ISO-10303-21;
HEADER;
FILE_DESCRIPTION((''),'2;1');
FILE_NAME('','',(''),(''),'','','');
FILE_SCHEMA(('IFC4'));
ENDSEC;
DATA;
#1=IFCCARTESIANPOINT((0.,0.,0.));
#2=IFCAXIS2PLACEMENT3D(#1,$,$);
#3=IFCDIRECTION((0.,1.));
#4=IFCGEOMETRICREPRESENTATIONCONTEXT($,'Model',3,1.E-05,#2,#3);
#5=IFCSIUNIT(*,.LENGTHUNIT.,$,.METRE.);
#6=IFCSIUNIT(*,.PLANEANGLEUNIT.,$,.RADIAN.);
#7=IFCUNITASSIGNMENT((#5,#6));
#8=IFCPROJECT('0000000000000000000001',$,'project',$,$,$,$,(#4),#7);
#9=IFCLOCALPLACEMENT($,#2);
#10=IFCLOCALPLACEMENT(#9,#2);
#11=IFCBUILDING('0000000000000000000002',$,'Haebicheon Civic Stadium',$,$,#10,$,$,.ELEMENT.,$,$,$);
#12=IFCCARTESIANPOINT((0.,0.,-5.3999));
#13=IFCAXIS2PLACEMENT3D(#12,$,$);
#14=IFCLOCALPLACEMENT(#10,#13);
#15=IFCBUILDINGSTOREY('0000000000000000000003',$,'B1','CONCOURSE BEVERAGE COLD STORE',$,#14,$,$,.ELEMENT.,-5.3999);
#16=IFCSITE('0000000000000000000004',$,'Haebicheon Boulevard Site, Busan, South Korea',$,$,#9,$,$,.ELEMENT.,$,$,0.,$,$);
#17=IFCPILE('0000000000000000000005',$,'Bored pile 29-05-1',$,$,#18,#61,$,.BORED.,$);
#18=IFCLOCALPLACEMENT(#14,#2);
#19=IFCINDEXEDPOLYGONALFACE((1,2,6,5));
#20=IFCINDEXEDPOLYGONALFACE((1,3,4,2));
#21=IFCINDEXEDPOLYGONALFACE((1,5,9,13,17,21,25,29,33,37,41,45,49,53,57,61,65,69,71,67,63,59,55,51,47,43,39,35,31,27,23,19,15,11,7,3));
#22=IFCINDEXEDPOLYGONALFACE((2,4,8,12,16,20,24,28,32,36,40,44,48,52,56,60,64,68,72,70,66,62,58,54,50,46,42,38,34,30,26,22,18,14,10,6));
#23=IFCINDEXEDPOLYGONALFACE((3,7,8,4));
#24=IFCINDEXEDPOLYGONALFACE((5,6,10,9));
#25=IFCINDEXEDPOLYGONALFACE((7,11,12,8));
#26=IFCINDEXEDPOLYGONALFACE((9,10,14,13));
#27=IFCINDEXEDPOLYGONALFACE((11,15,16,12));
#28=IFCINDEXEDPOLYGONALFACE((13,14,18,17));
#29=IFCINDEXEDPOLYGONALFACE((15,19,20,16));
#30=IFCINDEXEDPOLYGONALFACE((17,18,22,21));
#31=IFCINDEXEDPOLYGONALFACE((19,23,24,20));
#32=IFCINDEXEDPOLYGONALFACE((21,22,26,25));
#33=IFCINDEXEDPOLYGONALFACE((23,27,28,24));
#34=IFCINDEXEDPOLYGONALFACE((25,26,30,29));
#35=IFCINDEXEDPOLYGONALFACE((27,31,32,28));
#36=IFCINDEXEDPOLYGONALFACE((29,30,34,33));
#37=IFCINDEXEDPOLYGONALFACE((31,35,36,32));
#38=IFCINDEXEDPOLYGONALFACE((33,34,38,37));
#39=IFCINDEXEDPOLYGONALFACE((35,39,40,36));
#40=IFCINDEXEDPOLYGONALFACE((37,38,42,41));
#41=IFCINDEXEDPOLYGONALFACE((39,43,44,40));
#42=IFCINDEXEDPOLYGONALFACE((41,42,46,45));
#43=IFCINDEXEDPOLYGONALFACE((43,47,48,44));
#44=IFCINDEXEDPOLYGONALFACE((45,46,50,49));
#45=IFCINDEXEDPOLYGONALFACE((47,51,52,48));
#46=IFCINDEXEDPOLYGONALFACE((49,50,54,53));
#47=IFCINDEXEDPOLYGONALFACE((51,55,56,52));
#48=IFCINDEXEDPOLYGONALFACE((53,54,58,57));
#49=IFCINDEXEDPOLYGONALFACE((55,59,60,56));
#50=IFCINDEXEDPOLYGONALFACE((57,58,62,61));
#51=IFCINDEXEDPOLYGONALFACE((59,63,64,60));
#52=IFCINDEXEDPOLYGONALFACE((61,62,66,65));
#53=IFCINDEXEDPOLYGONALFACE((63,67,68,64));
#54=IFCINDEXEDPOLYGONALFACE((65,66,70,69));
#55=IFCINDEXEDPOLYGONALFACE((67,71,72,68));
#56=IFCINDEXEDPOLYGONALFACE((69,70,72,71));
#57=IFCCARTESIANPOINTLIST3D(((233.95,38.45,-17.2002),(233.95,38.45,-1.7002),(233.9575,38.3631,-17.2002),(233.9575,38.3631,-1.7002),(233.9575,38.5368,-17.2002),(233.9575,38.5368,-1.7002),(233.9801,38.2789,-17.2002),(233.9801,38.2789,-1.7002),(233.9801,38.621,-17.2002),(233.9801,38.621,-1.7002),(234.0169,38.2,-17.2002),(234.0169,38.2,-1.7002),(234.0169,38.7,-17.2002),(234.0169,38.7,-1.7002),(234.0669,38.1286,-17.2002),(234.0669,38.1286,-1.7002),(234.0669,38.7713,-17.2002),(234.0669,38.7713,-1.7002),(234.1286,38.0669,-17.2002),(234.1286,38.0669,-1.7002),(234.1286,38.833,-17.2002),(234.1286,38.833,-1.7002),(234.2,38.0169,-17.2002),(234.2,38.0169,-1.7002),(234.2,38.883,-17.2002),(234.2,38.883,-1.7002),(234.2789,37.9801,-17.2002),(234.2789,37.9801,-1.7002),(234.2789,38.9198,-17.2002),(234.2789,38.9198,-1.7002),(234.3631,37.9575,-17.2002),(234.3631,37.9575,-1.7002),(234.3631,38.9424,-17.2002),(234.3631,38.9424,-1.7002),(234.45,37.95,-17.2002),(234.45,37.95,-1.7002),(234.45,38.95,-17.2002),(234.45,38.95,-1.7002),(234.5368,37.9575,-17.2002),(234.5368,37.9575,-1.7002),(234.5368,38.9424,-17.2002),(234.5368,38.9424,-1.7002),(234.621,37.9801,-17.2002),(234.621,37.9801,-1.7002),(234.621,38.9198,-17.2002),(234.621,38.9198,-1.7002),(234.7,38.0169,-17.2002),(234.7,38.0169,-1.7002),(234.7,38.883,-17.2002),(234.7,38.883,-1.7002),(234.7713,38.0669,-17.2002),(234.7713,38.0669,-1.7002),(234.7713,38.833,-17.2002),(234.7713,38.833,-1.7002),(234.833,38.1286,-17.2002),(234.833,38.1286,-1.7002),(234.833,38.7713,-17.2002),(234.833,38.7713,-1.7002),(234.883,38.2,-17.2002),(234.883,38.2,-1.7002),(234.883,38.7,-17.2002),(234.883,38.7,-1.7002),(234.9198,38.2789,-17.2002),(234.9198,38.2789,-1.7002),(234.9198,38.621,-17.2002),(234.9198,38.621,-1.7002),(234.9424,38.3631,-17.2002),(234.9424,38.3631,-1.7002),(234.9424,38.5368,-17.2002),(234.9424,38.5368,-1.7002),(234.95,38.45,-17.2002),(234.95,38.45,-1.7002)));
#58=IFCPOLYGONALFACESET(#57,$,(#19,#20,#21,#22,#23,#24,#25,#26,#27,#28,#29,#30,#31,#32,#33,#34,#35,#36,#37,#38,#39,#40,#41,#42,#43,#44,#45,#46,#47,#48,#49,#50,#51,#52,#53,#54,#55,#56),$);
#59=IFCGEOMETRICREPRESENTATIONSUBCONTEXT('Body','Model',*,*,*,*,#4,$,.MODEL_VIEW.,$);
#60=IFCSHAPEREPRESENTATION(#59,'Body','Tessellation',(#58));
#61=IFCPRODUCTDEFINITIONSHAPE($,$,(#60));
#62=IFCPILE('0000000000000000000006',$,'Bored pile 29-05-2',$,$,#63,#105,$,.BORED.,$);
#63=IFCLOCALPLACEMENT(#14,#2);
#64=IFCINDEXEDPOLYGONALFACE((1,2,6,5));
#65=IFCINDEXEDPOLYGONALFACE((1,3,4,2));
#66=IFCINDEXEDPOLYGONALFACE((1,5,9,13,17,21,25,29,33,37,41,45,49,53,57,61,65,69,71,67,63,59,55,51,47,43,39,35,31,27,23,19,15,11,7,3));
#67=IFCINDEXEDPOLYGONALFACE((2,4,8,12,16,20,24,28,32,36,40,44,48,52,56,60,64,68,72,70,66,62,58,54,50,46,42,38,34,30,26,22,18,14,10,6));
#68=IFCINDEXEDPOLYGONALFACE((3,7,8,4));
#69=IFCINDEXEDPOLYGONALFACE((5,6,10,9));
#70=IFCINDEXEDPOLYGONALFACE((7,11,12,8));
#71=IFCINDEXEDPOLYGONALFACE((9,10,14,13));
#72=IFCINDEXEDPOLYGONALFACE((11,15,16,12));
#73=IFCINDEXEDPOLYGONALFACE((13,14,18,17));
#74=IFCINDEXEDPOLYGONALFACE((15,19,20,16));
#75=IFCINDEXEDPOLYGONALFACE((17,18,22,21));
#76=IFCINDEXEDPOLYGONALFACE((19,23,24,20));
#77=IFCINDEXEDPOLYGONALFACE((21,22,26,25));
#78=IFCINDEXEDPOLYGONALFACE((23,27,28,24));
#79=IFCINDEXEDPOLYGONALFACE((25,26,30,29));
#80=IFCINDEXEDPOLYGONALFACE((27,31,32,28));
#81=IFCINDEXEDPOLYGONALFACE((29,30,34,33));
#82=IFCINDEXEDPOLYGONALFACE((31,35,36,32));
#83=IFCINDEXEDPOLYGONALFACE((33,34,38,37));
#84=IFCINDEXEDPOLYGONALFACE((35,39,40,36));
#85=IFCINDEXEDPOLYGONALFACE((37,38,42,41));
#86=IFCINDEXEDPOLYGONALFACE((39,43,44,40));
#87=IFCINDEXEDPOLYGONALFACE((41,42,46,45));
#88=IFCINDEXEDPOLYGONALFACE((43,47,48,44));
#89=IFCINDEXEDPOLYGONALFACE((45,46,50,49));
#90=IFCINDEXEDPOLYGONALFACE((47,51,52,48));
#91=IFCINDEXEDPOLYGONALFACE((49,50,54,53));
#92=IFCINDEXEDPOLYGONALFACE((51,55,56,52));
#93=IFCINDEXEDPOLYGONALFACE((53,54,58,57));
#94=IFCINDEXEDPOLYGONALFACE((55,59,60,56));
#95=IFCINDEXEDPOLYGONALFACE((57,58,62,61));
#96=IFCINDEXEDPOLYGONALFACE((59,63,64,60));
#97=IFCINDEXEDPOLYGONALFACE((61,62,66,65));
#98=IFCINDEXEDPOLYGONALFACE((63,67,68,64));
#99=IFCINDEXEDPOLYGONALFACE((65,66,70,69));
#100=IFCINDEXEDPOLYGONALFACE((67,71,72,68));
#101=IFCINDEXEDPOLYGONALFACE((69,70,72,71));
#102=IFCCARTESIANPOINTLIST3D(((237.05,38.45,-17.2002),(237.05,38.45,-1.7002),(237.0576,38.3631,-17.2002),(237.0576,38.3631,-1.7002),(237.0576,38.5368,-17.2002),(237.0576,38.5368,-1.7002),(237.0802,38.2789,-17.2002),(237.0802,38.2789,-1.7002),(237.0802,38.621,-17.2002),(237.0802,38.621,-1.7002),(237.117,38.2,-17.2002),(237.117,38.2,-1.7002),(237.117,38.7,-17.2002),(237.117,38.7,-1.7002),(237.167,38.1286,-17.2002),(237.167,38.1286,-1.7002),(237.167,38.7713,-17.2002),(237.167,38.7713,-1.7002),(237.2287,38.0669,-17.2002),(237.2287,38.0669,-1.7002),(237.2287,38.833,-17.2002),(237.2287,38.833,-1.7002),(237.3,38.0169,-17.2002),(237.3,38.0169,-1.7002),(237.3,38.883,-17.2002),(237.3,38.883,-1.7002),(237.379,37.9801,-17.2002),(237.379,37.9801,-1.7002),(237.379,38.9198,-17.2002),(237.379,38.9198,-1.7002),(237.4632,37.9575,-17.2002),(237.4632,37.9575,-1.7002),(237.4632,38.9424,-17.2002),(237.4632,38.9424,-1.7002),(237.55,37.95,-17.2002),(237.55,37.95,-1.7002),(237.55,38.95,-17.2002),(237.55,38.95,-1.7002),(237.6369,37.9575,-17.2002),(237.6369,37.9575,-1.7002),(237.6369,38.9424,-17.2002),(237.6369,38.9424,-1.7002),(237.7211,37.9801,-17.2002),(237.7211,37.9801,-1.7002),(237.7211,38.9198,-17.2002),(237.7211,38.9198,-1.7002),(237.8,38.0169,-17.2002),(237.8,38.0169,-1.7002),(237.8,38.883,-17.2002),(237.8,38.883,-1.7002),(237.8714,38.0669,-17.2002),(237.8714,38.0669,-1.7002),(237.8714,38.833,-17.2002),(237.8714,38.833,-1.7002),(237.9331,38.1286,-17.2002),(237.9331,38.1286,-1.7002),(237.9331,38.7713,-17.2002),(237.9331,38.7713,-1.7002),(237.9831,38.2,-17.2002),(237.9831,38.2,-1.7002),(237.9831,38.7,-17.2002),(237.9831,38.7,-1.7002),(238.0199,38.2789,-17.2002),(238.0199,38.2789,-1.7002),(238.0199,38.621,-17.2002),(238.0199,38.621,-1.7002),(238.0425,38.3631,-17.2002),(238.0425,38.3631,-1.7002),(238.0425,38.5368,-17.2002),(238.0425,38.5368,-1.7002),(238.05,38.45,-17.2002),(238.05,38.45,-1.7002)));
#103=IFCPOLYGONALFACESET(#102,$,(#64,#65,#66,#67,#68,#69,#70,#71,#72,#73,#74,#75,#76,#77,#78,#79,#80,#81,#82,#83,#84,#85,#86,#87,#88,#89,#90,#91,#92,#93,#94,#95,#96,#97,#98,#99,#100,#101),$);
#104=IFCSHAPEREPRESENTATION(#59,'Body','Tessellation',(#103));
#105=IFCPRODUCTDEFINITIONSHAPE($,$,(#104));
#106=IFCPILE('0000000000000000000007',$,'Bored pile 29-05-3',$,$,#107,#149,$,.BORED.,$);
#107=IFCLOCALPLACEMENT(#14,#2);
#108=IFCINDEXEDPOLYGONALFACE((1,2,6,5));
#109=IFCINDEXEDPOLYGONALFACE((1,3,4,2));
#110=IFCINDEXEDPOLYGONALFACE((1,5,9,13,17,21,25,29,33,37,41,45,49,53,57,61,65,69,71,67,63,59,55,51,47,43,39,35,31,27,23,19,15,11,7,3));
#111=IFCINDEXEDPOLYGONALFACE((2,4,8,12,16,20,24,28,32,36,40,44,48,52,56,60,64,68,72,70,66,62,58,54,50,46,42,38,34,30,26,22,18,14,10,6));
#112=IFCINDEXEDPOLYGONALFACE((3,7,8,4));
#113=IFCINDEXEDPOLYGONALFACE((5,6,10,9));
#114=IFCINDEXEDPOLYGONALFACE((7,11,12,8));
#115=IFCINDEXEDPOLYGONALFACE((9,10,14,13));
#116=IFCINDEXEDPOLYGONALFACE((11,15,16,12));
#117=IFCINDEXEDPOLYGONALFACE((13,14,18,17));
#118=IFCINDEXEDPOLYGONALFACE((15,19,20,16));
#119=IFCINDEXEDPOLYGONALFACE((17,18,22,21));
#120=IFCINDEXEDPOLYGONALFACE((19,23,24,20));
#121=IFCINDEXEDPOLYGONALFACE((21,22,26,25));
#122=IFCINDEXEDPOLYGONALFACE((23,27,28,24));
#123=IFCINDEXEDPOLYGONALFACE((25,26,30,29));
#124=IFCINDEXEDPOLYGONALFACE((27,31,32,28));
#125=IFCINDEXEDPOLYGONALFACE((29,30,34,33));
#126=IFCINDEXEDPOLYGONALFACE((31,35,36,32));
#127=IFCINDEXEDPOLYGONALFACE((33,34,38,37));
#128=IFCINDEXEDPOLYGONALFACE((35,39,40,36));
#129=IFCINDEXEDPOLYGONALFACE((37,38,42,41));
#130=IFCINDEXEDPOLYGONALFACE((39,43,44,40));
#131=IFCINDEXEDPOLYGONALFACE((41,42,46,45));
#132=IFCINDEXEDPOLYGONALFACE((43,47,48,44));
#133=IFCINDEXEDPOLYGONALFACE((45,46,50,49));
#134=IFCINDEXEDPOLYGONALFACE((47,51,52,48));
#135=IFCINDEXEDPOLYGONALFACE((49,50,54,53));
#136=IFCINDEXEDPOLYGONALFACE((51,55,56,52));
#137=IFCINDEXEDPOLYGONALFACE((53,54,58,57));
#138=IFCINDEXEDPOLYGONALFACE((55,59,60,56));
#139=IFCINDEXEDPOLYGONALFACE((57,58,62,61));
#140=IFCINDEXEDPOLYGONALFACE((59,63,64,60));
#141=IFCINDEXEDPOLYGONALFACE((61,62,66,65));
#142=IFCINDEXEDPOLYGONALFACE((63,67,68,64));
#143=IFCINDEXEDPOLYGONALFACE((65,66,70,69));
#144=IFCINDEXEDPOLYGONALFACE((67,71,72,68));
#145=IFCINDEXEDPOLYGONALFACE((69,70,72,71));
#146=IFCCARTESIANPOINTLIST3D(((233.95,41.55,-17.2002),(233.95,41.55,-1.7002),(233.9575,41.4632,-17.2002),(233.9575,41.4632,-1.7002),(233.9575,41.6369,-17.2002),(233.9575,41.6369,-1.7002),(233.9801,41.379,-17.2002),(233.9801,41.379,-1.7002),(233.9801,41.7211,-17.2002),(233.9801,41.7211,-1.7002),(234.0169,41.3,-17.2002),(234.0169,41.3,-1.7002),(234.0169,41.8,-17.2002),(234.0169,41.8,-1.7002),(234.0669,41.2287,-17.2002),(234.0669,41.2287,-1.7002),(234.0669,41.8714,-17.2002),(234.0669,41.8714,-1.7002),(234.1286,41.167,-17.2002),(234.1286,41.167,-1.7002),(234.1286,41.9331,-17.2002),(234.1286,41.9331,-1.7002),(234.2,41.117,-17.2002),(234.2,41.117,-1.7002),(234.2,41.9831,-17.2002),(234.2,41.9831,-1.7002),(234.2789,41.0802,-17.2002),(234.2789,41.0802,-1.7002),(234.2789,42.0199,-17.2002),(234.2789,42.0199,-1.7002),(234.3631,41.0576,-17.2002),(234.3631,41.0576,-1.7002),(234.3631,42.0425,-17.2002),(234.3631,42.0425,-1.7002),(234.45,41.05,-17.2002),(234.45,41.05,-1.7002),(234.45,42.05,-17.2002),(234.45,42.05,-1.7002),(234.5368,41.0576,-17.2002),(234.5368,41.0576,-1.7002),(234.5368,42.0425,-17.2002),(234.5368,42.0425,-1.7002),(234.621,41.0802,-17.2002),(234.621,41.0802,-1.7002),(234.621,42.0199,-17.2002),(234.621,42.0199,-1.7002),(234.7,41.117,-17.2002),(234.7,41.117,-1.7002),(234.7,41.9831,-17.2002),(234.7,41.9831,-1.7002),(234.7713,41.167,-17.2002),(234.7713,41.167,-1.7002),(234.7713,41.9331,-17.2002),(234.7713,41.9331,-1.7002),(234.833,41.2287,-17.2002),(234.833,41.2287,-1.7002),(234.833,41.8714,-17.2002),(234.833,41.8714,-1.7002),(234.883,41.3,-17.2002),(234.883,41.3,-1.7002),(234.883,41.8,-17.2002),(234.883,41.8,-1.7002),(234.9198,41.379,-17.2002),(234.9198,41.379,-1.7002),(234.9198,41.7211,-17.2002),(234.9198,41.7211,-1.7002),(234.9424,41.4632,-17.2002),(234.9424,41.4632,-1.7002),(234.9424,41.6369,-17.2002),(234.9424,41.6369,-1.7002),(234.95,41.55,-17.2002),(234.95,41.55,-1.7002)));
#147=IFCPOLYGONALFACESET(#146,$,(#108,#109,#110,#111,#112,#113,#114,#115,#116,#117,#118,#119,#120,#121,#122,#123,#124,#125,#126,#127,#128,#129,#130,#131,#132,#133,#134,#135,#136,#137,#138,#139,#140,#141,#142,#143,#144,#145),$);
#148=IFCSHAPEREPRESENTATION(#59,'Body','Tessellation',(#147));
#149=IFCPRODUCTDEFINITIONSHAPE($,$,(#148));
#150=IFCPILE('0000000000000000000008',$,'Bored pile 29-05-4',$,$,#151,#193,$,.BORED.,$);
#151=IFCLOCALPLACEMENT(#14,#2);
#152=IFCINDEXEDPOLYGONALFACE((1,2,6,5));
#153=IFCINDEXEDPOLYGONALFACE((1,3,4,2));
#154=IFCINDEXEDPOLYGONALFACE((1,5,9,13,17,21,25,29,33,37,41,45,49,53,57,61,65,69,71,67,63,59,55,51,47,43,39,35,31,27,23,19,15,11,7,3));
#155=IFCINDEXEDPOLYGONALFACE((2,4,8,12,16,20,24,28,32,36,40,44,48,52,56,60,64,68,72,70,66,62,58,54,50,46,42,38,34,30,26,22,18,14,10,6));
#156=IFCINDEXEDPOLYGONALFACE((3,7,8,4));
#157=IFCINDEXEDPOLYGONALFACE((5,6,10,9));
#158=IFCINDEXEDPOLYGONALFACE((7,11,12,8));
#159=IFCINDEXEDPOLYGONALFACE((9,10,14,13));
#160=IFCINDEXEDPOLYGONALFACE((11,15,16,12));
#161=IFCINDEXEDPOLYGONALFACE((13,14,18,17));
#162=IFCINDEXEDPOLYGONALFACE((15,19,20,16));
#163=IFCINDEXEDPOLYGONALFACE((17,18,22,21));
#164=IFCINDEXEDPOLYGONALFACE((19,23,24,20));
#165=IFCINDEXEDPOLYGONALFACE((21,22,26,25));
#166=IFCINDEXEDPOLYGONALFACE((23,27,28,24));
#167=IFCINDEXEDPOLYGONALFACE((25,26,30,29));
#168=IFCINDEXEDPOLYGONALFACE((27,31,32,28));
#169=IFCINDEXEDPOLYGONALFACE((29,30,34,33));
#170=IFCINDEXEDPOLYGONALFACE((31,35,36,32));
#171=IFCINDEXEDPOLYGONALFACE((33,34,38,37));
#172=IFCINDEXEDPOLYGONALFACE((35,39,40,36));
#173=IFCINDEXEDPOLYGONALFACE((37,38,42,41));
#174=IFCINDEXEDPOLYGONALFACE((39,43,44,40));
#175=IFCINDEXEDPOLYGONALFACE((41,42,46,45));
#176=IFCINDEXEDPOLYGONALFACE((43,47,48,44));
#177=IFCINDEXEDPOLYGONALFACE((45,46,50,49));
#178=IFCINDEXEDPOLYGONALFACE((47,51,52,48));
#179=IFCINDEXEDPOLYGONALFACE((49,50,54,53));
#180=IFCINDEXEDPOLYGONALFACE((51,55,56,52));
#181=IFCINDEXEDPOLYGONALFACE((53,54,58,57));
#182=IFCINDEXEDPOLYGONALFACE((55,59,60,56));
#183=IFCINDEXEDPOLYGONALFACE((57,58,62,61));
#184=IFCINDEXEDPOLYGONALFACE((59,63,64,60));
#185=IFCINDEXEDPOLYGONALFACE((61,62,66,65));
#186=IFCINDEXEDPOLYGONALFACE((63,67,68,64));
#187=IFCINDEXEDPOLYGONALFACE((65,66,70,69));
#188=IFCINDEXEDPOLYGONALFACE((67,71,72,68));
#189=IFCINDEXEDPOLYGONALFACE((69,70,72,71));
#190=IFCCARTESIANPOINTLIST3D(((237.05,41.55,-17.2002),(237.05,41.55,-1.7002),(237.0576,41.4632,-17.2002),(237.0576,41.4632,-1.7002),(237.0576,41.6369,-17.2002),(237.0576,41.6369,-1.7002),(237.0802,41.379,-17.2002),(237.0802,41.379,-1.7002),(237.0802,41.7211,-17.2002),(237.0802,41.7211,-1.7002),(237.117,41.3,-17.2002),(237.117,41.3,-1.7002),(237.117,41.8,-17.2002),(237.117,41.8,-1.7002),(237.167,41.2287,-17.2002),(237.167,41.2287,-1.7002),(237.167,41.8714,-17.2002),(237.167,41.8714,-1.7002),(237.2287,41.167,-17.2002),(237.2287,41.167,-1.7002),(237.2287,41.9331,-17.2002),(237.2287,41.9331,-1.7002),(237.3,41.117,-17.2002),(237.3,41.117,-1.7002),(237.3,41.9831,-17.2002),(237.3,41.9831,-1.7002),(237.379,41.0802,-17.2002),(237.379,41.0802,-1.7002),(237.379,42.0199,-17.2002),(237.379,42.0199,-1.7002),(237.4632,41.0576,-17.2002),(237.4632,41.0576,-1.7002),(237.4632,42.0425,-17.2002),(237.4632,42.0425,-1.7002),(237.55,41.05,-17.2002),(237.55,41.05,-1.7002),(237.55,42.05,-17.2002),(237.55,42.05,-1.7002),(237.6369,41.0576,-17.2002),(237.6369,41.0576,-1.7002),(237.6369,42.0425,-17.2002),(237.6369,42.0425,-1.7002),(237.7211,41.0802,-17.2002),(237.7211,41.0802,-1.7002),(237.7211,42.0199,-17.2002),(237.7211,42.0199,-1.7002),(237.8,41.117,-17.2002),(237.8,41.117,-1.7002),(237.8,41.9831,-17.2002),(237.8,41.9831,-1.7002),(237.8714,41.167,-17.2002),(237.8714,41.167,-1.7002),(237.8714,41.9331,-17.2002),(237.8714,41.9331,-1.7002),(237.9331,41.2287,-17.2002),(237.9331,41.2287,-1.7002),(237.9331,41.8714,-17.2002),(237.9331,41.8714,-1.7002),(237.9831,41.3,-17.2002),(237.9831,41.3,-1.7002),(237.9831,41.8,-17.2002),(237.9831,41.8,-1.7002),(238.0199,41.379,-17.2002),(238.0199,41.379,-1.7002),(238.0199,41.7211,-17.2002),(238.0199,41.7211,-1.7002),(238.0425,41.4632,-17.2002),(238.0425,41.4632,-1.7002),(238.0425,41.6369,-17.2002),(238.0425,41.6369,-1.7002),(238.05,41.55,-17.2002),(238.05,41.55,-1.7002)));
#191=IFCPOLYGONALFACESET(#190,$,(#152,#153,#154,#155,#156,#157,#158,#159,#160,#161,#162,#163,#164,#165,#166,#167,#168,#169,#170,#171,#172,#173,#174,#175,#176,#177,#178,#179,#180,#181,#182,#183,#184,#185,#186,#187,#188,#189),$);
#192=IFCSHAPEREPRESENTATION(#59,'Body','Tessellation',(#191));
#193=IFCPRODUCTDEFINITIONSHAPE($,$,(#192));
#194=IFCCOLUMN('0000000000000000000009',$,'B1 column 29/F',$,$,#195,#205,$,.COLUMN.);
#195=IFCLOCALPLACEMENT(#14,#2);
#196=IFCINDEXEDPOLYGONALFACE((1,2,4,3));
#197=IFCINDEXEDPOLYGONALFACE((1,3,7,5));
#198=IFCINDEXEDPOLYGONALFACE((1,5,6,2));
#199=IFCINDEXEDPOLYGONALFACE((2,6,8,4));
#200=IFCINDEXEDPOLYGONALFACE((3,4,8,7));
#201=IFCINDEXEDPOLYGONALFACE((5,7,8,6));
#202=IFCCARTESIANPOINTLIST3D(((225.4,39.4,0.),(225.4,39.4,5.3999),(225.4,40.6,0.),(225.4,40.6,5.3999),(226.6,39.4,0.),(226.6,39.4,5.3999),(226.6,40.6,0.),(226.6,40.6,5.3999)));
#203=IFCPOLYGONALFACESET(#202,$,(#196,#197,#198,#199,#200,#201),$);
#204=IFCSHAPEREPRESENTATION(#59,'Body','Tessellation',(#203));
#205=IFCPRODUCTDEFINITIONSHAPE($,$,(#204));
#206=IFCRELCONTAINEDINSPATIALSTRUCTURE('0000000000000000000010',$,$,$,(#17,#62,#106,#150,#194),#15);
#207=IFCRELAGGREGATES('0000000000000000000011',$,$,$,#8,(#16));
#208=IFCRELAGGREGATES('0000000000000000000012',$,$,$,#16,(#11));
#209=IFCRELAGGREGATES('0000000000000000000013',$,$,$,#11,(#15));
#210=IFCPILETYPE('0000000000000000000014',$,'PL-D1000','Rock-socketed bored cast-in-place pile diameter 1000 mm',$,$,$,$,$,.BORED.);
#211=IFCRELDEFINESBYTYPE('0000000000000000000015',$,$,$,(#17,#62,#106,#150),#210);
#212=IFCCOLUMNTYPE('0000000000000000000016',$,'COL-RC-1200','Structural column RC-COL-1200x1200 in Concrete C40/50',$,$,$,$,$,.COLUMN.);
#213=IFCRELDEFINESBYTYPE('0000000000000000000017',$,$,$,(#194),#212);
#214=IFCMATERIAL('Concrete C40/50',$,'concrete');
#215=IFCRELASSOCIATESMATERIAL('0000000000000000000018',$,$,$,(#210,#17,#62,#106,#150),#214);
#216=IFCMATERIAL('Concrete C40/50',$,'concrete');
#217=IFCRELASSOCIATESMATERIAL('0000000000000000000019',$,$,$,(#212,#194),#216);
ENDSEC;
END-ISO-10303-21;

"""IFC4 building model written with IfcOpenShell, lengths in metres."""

from ifc_helpers import new_model, si_unit, direction, frame, origin, origin_2d, place, context, subcontext, project, spatial, rectangle, circle, extrude, material, material_profile, profile_set, type_object, element, save


model = new_model("IFC4")

# Units and contexts
model_context = context("Model", 3, precision=1e-05, world=origin(), true_north=direction((0.0, 1.0)))
body_context = subcontext(model_context, "Body", "Model", "MODEL_VIEW")
ifc_project = project(units=[si_unit("LENGTHUNIT", "METRE"), si_unit("PLANEANGLEUNIT", "RADIAN")], contexts=[model_context])

# Site, building, storey
site_placement = place(None, origin())
site = spatial("IfcSite", under=ifc_project, at=site_placement, Name="Haebicheon Boulevard Site, Busan, South Korea", CompositionType="ELEMENT", RefElevation=0.0)
building_placement = place(site_placement, origin())
building = spatial("IfcBuilding", under=site, at=building_placement, Name="Haebicheon Civic Stadium", CompositionType="ELEMENT")
storey_placement = place(building_placement, frame((0.0, 0.0, -5.3999)))
storey = spatial("IfcBuildingStorey", under=building, at=storey_placement, Name="B1", Description="CONCOURSE BEVERAGE COLD STORE", CompositionType="ELEMENT", Elevation=-5.3999)

# Piles
ifc_material_1 = material(Name="Concrete C40/50", Category="concrete")
ifc_material_profile_1 = material_profile(ifc_material_1, circle(Radius=0.5, at=origin_2d()), Name="PILE-D1000")
ifc_profile_set_1 = profile_set([ifc_material_profile_1], Name="Concrete C40/50")
pile_type = type_object("IfcPileType", Name="PL-D1000", Description="Rock-socketed bored cast-in-place pile diameter 1000 mm", PredefinedType="BORED", material=ifc_profile_set_1)
for number, where, z_axis, x_axis, name in (
    (1, (234.45, 38.45, -1.7002), (0.0, 0.0, -1.0), (1.0, 0.0, 0.0), "Bored pile 29-05-1"),
    (2, (237.55, 38.45, -1.7002), (0.0, 0.0, -1.0), (1.0, 0.0, 0.0), "Bored pile 29-05-2"),
    (3, (234.45, 41.55, -1.7002), (0.0, 0.0, -1.0), (1.0, 0.0, 0.0), "Bored pile 29-05-3"),
    (4, (237.55, 41.55, -1.7002), (0.0, 0.0, -1.0), (1.0, 0.0, 0.0), "Bored pile 29-05-4"),
):
    element("IfcPile", number, at=place(storey_placement, frame(where, z_axis=z_axis, x_axis=x_axis)), inside=storey, type_object=pile_type, material=ifc_profile_set_1, Name=name, PredefinedType="BORED", context=body_context, shape_type="SweptSolid", body=[
        extrude(circle(Radius=0.5, at=origin_2d()), origin(), (0.0, 0.0, 1.0), 15.5),
    ])

# Column
ifc_material_2 = material(Name="Concrete C40/50", Category="concrete")
ifc_material_profile_2 = material_profile(ifc_material_2, rectangle(XDim=1.2, YDim=1.2, at=origin_2d()), Name="RC-COL-1200x1200")
ifc_profile_set_2 = profile_set([ifc_material_profile_2], Name="Concrete C40/50")
column_type = type_object("IfcColumnType", Name="COL-RC-1200", Description="Structural column RC-COL-1200x1200 in Concrete C40/50", PredefinedType="COLUMN", material=ifc_profile_set_2)
for number, where, z_axis, x_axis, name in (
    (5, (226.0, 40.0, 0.0), (0.0, 0.0, 1.0), (1.0, 0.0, 0.0), "B1 column 29/F"),
):
    element("IfcColumn", number, at=place(storey_placement, frame(where, z_axis=z_axis, x_axis=x_axis)), inside=storey, type_object=column_type, material=ifc_profile_set_2, Name=name, PredefinedType="COLUMN", context=body_context, shape_type="SweptSolid", body=[
        extrude(rectangle(XDim=1.2, YDim=1.2, at=origin_2d()), origin(), (0.0, 0.0, 1.0), 5.3999),
    ])

save(model, "model.ifc")
